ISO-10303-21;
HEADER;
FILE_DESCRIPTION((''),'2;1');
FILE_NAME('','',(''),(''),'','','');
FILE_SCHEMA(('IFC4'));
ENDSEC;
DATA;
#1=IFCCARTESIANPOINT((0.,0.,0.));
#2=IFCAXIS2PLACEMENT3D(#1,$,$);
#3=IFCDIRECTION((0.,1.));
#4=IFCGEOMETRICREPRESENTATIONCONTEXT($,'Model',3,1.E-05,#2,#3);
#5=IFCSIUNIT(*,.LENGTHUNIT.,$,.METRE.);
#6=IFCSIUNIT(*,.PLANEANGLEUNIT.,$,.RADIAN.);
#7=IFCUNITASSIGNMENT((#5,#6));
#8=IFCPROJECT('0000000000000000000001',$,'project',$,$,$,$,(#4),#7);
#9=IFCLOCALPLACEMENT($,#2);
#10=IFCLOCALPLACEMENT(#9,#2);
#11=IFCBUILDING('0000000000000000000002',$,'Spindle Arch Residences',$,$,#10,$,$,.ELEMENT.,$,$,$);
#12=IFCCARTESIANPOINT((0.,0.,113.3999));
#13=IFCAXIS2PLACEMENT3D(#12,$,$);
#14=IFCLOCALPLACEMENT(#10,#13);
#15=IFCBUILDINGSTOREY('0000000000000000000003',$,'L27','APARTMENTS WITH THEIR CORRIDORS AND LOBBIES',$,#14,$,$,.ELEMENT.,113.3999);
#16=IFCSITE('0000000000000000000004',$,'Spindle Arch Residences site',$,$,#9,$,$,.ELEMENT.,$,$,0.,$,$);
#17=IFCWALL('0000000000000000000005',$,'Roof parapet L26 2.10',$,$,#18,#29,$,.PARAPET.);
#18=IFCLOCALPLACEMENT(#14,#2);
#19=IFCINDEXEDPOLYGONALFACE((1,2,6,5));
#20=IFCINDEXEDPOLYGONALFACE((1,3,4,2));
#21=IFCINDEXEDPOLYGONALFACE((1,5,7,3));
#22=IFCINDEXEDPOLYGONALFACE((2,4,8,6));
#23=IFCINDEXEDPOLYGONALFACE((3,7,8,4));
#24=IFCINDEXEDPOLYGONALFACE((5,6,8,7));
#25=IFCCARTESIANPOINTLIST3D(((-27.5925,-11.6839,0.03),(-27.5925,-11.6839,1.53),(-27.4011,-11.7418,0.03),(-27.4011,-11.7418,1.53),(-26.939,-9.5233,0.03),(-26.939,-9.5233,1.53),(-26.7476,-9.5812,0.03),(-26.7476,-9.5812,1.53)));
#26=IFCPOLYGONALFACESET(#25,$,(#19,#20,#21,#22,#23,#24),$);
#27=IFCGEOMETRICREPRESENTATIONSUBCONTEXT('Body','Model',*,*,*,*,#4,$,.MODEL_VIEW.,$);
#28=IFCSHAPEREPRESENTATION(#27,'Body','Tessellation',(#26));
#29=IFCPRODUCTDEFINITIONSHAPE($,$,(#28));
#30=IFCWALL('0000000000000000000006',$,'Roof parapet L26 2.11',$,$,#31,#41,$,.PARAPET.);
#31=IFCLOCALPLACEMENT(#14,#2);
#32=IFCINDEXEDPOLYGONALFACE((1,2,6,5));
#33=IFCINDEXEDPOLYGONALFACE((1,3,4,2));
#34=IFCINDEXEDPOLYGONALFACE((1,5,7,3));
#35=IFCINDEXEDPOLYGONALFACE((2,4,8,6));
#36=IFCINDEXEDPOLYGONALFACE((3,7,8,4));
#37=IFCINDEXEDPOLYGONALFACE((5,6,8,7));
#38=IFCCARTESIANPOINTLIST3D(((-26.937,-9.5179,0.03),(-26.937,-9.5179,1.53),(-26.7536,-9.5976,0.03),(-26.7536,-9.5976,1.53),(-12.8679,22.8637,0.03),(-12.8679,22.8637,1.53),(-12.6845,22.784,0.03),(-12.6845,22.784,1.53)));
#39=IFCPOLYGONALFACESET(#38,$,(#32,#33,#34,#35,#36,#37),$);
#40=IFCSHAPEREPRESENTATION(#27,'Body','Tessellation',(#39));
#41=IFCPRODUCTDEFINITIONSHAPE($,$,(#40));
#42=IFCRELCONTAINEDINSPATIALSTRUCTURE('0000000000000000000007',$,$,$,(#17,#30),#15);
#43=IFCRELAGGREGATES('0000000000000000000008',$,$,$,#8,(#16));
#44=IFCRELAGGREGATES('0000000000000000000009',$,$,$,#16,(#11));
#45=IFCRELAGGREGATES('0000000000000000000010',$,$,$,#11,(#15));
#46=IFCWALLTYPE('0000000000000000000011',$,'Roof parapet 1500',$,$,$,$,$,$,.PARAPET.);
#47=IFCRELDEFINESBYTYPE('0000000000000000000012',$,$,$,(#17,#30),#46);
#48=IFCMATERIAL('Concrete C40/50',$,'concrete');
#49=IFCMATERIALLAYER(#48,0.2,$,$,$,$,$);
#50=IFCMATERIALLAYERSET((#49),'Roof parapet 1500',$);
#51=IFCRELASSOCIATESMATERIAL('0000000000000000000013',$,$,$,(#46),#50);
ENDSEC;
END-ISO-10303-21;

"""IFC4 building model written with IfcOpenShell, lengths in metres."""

from ifc_helpers import new_model, si_unit, direction, frame, frame_2d, origin, place, context, subcontext, project, spatial, rectangle, extrude, material, layer, layer_set, type_object, element, save


model = new_model("IFC4")

# Units and contexts
model_context = context("Model", 3, precision=1e-05, world=origin(), true_north=direction((0.0, 1.0)))
body_context = subcontext(model_context, "Body", "Model", "MODEL_VIEW")
ifc_project = project(units=[si_unit("LENGTHUNIT", "METRE"), si_unit("PLANEANGLEUNIT", "RADIAN")], contexts=[model_context])

# Site, building, storey
site_placement = place(None, origin())
site = spatial("IfcSite", under=ifc_project, at=site_placement, Name="Spindle Arch Residences site", CompositionType="ELEMENT", RefElevation=0.0)
building_placement = place(site_placement, origin())
building = spatial("IfcBuilding", under=site, at=building_placement, Name="Spindle Arch Residences", CompositionType="ELEMENT")
storey_placement = place(building_placement, frame((0.0, 0.0, 113.3999)))
storey = spatial("IfcBuildingStorey", under=building, at=storey_placement, Name="L27", Description="APARTMENTS WITH THEIR CORRIDORS AND LOBBIES", CompositionType="ELEMENT", Elevation=113.3999)

# Walls
ifc_material_1 = material(Name="Concrete C40/50", Category="concrete")
ifc_layer_1 = layer(ifc_material_1, 0.2)
ifc_layer_set_1 = layer_set([ifc_layer_1], Name="Roof parapet 1500")
wall_type_1 = type_object("IfcWallType", Name="Roof parapet 1500", PredefinedType="PARAPET", material=ifc_layer_set_1)
wall_1_placement = place(storey_placement, frame((-27.4968, -11.7129, 0.03), z_axis=(0.0, 0.0, 1.0), x_axis=(0.28953, 0.957169, 0.0)))
element("IfcWall", 1, at=wall_1_placement, inside=storey, type_object=wall_type_1, Name="Roof parapet L26 2.10", PredefinedType="PARAPET", context=body_context, shape_type="SweptSolid", body=[
    extrude(rectangle(XDim=2.2573, YDim=0.2, at=frame_2d((1.1287, 0.0))), origin(), (0.0, 0.0, 1.0), 1.5),
])
wall_2_placement = place(storey_placement, frame((-26.8452, -9.5576, 0.03), z_axis=(0.0, 0.0, 1.0), x_axis=(0.398491, 0.917172, 0.0)))
element("IfcWall", 2, at=wall_2_placement, inside=storey, type_object=wall_type_1, Name="Roof parapet L26 2.11", PredefinedType="PARAPET", context=body_context, shape_type="SweptSolid", body=[
    extrude(rectangle(XDim=35.3059, YDim=0.2, at=frame_2d((17.6528, 0.0))), origin(), (0.0, 0.0, 1.0), 1.5),
])

save(model, "model.ifc")
